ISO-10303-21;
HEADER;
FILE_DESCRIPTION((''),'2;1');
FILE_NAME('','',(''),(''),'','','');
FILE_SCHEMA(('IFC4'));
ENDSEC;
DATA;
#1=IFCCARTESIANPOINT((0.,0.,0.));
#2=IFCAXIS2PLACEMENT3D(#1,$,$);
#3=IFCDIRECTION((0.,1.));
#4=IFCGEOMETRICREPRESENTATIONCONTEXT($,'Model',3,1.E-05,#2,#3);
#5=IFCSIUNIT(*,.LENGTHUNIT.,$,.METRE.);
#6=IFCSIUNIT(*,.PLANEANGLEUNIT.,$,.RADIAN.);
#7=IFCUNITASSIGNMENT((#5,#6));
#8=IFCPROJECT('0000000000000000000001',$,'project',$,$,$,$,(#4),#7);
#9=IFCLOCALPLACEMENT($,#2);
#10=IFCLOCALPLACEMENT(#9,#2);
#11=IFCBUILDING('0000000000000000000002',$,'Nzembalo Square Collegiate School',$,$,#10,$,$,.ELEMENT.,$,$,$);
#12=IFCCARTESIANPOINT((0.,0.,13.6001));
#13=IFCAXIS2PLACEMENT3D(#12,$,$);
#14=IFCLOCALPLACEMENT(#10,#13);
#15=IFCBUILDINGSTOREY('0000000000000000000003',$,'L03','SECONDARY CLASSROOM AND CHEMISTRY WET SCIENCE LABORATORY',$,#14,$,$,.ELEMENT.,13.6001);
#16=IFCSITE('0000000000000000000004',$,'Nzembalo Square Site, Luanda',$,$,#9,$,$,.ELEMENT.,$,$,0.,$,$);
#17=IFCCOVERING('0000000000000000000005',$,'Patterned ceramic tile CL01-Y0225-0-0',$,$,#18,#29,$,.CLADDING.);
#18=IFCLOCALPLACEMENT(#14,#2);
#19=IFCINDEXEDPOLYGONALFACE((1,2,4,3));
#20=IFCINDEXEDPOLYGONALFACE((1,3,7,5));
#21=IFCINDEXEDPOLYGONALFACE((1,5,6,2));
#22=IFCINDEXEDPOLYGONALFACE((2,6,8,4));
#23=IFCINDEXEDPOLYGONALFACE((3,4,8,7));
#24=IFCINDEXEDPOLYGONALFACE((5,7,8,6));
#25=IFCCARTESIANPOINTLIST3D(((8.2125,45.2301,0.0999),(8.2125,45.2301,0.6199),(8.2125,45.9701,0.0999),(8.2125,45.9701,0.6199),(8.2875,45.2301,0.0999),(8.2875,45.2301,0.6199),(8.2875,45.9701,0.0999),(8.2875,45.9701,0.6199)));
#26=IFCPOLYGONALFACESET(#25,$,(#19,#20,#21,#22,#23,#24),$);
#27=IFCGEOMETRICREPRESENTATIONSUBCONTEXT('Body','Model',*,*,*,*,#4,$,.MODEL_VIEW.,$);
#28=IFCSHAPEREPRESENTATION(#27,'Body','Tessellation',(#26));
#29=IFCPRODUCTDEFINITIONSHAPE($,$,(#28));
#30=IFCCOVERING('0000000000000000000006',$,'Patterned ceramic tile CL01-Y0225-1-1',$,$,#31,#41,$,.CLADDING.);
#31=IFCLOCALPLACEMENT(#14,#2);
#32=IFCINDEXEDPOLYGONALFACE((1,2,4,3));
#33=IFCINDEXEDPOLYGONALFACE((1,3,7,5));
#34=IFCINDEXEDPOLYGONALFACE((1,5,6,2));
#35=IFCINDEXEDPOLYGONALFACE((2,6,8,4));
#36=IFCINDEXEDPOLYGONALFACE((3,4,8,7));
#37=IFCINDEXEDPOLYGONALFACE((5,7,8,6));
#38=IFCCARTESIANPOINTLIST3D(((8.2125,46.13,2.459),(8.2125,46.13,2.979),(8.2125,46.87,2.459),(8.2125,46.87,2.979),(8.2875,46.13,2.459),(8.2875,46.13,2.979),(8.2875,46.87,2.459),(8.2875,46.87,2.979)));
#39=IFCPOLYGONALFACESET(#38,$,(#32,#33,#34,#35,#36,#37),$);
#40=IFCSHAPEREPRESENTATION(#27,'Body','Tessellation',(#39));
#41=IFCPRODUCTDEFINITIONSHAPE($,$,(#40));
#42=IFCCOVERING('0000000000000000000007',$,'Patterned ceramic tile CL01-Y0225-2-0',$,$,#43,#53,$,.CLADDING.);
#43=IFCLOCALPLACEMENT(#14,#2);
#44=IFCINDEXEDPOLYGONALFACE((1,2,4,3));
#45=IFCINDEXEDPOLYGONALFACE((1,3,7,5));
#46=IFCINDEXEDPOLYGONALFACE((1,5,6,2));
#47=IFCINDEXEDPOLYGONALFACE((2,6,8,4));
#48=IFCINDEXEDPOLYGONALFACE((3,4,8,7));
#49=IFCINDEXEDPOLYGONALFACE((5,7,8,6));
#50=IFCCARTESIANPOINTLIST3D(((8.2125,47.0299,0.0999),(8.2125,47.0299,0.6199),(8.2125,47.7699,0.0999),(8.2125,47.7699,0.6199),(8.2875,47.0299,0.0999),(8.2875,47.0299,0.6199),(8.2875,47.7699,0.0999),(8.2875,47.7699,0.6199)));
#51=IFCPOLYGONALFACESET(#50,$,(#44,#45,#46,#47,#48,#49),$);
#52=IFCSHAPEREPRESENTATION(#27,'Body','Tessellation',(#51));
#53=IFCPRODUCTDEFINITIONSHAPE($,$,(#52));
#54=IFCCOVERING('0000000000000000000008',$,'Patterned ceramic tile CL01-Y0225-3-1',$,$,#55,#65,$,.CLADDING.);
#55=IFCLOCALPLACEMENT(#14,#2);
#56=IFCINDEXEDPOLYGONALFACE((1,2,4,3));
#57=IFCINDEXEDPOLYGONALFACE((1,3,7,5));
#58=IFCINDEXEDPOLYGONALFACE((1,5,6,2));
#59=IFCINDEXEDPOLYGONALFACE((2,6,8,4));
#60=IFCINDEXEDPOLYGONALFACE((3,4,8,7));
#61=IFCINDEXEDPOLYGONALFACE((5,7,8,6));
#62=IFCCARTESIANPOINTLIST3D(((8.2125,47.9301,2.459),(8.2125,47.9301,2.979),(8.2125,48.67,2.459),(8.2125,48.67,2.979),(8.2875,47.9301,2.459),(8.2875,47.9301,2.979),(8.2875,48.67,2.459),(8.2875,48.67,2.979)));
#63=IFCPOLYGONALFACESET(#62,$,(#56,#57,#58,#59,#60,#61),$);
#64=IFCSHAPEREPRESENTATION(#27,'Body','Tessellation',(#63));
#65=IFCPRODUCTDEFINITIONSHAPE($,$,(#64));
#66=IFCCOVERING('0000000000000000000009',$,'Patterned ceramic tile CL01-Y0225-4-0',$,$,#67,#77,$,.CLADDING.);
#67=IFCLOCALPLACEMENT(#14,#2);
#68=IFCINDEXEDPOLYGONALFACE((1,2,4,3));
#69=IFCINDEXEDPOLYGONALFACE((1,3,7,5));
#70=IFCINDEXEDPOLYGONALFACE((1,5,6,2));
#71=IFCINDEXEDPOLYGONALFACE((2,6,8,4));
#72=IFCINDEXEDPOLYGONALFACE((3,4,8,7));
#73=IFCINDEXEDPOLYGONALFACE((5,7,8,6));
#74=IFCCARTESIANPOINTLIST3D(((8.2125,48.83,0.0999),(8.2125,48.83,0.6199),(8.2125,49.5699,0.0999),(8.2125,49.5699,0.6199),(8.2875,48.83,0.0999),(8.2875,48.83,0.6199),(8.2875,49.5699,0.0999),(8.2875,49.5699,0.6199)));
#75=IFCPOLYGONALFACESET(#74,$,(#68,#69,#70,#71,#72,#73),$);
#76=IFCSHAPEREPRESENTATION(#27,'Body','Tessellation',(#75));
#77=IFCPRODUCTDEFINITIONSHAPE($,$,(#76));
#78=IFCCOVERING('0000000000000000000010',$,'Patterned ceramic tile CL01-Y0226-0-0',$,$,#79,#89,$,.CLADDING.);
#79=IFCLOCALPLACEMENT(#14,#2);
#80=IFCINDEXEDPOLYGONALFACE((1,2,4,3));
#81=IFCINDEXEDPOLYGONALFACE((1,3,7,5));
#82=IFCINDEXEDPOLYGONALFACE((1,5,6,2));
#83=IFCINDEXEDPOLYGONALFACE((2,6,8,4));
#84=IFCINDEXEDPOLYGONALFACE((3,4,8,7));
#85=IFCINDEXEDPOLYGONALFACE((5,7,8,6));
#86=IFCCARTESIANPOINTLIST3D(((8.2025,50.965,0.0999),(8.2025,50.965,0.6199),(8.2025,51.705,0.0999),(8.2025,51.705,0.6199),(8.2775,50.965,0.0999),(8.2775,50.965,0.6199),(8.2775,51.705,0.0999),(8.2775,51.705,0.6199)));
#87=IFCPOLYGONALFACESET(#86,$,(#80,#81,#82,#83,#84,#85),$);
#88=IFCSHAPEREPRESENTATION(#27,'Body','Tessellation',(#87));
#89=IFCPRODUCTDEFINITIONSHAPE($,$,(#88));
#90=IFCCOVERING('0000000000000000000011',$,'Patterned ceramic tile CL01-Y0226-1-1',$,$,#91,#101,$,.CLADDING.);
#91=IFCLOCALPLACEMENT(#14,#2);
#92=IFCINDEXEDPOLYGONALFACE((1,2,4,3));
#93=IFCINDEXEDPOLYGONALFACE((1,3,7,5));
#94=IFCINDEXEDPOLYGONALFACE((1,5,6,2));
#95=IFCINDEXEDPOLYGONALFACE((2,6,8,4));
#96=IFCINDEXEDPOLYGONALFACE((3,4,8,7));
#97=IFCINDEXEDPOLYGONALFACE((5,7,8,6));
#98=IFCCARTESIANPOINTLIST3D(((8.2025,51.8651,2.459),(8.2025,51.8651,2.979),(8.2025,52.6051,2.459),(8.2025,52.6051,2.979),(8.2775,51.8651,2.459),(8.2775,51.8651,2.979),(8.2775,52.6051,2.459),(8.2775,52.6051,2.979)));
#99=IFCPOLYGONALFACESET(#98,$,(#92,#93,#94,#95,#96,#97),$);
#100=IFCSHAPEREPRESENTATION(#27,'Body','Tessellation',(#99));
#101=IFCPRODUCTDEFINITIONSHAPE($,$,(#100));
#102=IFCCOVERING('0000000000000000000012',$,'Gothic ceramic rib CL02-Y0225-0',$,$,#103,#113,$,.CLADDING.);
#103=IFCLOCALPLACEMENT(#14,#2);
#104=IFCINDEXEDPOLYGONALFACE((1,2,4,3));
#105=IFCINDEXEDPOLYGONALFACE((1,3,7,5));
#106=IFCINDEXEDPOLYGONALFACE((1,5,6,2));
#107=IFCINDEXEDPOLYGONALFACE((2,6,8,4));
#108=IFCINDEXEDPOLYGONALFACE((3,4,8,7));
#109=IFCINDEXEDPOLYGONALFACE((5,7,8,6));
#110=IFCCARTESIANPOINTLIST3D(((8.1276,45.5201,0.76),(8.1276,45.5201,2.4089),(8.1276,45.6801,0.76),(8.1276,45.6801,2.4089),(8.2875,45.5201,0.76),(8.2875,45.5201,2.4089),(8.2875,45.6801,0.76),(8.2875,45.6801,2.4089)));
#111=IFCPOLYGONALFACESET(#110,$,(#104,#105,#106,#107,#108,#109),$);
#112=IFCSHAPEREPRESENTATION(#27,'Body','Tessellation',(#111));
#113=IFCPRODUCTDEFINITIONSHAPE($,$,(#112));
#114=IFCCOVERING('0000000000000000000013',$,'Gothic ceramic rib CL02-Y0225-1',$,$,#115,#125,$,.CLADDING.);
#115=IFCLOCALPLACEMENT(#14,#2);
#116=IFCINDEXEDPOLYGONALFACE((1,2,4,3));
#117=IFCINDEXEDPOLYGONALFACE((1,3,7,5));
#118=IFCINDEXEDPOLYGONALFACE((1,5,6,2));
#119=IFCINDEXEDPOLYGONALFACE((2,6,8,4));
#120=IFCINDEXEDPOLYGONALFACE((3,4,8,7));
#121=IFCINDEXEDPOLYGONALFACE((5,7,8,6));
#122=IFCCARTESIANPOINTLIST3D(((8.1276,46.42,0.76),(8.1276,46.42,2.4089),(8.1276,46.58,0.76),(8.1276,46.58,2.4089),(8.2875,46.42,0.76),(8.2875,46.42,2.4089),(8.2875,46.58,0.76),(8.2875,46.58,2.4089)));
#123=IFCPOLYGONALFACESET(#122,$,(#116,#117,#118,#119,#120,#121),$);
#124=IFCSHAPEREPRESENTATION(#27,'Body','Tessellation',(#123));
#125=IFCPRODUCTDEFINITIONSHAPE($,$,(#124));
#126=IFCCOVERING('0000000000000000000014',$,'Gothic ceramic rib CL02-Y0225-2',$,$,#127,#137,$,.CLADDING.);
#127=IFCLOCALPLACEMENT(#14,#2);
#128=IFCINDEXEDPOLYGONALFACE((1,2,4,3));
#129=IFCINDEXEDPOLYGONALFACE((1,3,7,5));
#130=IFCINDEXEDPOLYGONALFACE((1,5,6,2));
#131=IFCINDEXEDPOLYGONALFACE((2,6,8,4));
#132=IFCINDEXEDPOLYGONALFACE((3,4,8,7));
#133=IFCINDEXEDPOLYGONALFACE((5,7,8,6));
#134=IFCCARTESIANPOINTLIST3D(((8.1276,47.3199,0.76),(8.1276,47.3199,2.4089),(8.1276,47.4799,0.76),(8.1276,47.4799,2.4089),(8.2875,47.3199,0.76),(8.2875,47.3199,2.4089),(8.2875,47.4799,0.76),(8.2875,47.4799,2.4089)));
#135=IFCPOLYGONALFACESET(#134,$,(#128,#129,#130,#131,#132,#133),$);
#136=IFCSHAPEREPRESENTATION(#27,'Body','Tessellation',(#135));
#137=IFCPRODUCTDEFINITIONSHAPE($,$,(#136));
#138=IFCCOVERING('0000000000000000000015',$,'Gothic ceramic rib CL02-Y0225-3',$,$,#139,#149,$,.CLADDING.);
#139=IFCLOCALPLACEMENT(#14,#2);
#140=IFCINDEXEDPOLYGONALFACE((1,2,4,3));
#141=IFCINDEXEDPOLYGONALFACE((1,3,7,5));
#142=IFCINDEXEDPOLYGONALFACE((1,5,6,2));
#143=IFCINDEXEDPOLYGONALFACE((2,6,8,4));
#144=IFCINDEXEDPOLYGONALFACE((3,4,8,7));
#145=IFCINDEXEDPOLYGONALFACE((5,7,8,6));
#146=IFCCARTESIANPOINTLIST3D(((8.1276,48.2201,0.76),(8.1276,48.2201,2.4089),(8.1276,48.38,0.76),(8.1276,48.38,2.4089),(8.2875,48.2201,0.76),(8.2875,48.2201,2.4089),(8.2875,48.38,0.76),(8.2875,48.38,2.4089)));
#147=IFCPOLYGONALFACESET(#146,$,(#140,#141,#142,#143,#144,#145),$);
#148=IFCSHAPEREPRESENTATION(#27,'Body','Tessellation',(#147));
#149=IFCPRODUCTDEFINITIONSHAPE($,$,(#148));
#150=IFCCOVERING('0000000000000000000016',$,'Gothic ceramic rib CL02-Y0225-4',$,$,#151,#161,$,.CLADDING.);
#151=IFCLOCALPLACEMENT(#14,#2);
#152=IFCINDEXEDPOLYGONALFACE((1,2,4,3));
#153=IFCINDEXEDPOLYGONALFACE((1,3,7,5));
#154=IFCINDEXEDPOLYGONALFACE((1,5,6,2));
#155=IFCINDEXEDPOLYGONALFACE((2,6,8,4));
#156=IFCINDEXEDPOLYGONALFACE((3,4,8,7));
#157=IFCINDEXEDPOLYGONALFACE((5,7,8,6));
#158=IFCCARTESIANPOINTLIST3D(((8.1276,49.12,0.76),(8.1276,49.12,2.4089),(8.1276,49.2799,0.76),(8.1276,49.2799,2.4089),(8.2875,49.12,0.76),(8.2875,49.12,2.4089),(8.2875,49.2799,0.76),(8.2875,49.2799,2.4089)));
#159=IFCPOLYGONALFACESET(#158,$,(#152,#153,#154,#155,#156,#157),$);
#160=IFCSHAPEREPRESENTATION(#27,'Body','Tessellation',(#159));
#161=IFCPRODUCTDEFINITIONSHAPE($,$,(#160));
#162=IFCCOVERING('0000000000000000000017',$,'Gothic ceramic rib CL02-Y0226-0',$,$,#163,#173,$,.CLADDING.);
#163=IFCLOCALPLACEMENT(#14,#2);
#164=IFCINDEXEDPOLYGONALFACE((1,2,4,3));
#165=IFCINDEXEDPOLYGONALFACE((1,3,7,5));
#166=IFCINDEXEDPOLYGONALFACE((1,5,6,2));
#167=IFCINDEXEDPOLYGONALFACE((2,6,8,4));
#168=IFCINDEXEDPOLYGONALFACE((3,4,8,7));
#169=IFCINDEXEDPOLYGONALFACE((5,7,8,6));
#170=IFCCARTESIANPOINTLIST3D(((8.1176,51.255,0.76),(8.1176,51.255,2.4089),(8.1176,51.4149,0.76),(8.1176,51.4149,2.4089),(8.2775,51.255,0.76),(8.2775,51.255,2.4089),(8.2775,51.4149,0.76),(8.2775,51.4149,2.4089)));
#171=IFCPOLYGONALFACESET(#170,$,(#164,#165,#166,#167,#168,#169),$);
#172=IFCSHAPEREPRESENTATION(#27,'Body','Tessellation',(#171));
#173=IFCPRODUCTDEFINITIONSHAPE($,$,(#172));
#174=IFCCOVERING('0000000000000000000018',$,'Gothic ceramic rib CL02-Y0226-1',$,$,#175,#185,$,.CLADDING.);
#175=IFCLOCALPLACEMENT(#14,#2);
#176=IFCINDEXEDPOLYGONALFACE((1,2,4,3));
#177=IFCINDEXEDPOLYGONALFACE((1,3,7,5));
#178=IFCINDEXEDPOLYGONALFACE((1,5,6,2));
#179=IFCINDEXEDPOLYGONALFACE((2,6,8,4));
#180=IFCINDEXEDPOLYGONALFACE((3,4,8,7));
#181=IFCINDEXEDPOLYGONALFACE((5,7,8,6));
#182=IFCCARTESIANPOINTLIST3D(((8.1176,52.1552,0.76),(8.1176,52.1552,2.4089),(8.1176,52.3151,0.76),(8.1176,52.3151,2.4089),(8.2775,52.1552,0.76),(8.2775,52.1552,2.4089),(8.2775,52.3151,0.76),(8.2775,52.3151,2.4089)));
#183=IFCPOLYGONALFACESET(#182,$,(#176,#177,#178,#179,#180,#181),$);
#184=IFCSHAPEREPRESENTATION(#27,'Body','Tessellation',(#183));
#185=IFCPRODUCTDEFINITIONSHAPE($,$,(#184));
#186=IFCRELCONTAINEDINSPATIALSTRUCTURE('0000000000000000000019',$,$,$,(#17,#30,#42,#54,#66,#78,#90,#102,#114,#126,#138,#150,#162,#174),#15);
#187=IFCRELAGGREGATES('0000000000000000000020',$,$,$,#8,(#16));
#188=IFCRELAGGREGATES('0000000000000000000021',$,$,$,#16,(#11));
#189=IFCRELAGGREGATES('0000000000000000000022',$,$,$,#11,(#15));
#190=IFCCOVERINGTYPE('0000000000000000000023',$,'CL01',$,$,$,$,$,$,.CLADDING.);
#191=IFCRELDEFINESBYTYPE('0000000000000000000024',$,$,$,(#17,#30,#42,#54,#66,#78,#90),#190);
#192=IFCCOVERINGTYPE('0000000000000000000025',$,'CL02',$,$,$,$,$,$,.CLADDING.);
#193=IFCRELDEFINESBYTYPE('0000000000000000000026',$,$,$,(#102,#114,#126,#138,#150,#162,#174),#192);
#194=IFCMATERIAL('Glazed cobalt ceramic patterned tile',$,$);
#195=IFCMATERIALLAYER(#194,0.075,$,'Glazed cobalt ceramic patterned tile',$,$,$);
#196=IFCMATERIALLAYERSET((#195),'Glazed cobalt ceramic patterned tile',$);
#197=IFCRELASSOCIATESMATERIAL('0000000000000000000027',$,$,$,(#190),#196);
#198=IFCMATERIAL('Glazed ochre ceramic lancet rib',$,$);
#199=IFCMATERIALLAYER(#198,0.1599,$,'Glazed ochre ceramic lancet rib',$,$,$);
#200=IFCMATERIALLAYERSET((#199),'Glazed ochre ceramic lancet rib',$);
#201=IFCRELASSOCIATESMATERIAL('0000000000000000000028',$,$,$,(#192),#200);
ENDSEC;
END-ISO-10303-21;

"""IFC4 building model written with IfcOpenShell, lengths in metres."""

from ifc_helpers import new_model, si_unit, direction, frame, origin, origin_2d, place, context, subcontext, project, spatial, rectangle, extrude, material, layer, layer_set, type_object, element, save


model = new_model("IFC4")

# Units and contexts
model_context = context("Model", 3, precision=1e-05, world=origin(), true_north=direction((0.0, 1.0)))
body_context = subcontext(model_context, "Body", "Model", "MODEL_VIEW")
ifc_project = project(units=[si_unit("LENGTHUNIT", "METRE"), si_unit("PLANEANGLEUNIT", "RADIAN")], contexts=[model_context])

# Site, building, storey
site_placement = place(None, origin())
site = spatial("IfcSite", under=ifc_project, at=site_placement, Name="Nzembalo Square Site, Luanda", CompositionType="ELEMENT", RefElevation=0.0)
building_placement = place(site_placement, origin())
building = spatial("IfcBuilding", under=site, at=building_placement, Name="Nzembalo Square Collegiate School", CompositionType="ELEMENT")
storey_placement = place(building_placement, frame((0.0, 0.0, 13.6001)))
storey = spatial("IfcBuildingStorey", under=building, at=storey_placement, Name="L03", Description="SECONDARY CLASSROOM AND CHEMISTRY WET SCIENCE LABORATORY", CompositionType="ELEMENT", Elevation=13.6001)

# Coverings
ifc_material_1 = material(Name="Glazed cobalt ceramic patterned tile")
ifc_layer_1 = layer(ifc_material_1, 0.075, Name="Glazed cobalt ceramic patterned tile")
ifc_layer_set_1 = layer_set([ifc_layer_1], Name="Glazed cobalt ceramic patterned tile")
covering_type_1 = type_object("IfcCoveringType", Name="CL01", PredefinedType="CLADDING", material=ifc_layer_set_1)
for number, where, z_axis, x_axis, name in (
    (1, (8.25, 45.6001, 0.0999), (0.0, 0.0, 1.0), (1.0, 0.0, 0.0), "Patterned ceramic tile CL01-Y0225-0-0"),
    (2, (8.25, 46.5, 2.459), (0.0, 0.0, 1.0), (1.0, 0.0, 0.0), "Patterned ceramic tile CL01-Y0225-1-1"),
    (3, (8.25, 47.3999, 0.0999), (0.0, 0.0, 1.0), (1.0, 0.0, 0.0), "Patterned ceramic tile CL01-Y0225-2-0"),
    (4, (8.25, 48.3, 2.459), (0.0, 0.0, 1.0), (1.0, 0.0, 0.0), "Patterned ceramic tile CL01-Y0225-3-1"),
    (5, (8.25, 49.2, 0.0999), (0.0, 0.0, 1.0), (1.0, 0.0, 0.0), "Patterned ceramic tile CL01-Y0225-4-0"),
    (6, (8.24, 51.335, 0.0999), (0.0, 0.0, 1.0), (1.0, 0.0, 0.0), "Patterned ceramic tile CL01-Y0226-0-0"),
    (7, (8.24, 52.2351, 2.459), (0.0, 0.0, 1.0), (1.0, 0.0, 0.0), "Patterned ceramic tile CL01-Y0226-1-1"),
):
    element("IfcCovering", number, at=place(storey_placement, frame(where, z_axis=z_axis, x_axis=x_axis)), inside=storey, type_object=covering_type_1, Name=name, PredefinedType="CLADDING", context=body_context, shape_type="SweptSolid", body=[
        extrude(rectangle(XDim=0.075, YDim=0.74, at=origin_2d()), origin(), (0.0, 0.0, 1.0), 0.52),
    ])
ifc_material_2 = material(Name="Glazed ochre ceramic lancet rib")
ifc_layer_2 = layer(ifc_material_2, 0.1599, Name="Glazed ochre ceramic lancet rib")
ifc_layer_set_2 = layer_set([ifc_layer_2], Name="Glazed ochre ceramic lancet rib")
covering_type_2 = type_object("IfcCoveringType", Name="CL02", PredefinedType="CLADDING", material=ifc_layer_set_2)
for number, where, z_axis, x_axis, name in (
    (8, (8.2075, 45.6001, 0.76), (0.0, 0.0, 1.0), (1.0, 0.0, 0.0), "Gothic ceramic rib CL02-Y0225-0"),
    (9, (8.2075, 46.5, 0.76), (0.0, 0.0, 1.0), (1.0, 0.0, 0.0), "Gothic ceramic rib CL02-Y0225-1"),
    (10, (8.2075, 47.3999, 0.76), (0.0, 0.0, 1.0), (1.0, 0.0, 0.0), "Gothic ceramic rib CL02-Y0225-2"),
    (11, (8.2075, 48.3, 0.76), (0.0, 0.0, 1.0), (1.0, 0.0, 0.0), "Gothic ceramic rib CL02-Y0225-3"),
    (12, (8.2075, 49.2, 0.76), (0.0, 0.0, 1.0), (1.0, 0.0, 0.0), "Gothic ceramic rib CL02-Y0225-4"),
    (13, (8.1975, 51.335, 0.76), (0.0, 0.0, 1.0), (1.0, 0.0, 0.0), "Gothic ceramic rib CL02-Y0226-0"),
    (14, (8.1975, 52.2351, 0.76), (0.0, 0.0, 1.0), (1.0, 0.0, 0.0), "Gothic ceramic rib CL02-Y0226-1"),
):
    element("IfcCovering", number, at=place(storey_placement, frame(where, z_axis=z_axis, x_axis=x_axis)), inside=storey, type_object=covering_type_2, Name=name, PredefinedType="CLADDING", context=body_context, shape_type="SweptSolid", body=[
        extrude(rectangle(XDim=0.1599, YDim=0.1599, at=origin_2d()), origin(), (0.0, 0.0, 1.0), 1.6489),
    ])

save(model, "model.ifc")
